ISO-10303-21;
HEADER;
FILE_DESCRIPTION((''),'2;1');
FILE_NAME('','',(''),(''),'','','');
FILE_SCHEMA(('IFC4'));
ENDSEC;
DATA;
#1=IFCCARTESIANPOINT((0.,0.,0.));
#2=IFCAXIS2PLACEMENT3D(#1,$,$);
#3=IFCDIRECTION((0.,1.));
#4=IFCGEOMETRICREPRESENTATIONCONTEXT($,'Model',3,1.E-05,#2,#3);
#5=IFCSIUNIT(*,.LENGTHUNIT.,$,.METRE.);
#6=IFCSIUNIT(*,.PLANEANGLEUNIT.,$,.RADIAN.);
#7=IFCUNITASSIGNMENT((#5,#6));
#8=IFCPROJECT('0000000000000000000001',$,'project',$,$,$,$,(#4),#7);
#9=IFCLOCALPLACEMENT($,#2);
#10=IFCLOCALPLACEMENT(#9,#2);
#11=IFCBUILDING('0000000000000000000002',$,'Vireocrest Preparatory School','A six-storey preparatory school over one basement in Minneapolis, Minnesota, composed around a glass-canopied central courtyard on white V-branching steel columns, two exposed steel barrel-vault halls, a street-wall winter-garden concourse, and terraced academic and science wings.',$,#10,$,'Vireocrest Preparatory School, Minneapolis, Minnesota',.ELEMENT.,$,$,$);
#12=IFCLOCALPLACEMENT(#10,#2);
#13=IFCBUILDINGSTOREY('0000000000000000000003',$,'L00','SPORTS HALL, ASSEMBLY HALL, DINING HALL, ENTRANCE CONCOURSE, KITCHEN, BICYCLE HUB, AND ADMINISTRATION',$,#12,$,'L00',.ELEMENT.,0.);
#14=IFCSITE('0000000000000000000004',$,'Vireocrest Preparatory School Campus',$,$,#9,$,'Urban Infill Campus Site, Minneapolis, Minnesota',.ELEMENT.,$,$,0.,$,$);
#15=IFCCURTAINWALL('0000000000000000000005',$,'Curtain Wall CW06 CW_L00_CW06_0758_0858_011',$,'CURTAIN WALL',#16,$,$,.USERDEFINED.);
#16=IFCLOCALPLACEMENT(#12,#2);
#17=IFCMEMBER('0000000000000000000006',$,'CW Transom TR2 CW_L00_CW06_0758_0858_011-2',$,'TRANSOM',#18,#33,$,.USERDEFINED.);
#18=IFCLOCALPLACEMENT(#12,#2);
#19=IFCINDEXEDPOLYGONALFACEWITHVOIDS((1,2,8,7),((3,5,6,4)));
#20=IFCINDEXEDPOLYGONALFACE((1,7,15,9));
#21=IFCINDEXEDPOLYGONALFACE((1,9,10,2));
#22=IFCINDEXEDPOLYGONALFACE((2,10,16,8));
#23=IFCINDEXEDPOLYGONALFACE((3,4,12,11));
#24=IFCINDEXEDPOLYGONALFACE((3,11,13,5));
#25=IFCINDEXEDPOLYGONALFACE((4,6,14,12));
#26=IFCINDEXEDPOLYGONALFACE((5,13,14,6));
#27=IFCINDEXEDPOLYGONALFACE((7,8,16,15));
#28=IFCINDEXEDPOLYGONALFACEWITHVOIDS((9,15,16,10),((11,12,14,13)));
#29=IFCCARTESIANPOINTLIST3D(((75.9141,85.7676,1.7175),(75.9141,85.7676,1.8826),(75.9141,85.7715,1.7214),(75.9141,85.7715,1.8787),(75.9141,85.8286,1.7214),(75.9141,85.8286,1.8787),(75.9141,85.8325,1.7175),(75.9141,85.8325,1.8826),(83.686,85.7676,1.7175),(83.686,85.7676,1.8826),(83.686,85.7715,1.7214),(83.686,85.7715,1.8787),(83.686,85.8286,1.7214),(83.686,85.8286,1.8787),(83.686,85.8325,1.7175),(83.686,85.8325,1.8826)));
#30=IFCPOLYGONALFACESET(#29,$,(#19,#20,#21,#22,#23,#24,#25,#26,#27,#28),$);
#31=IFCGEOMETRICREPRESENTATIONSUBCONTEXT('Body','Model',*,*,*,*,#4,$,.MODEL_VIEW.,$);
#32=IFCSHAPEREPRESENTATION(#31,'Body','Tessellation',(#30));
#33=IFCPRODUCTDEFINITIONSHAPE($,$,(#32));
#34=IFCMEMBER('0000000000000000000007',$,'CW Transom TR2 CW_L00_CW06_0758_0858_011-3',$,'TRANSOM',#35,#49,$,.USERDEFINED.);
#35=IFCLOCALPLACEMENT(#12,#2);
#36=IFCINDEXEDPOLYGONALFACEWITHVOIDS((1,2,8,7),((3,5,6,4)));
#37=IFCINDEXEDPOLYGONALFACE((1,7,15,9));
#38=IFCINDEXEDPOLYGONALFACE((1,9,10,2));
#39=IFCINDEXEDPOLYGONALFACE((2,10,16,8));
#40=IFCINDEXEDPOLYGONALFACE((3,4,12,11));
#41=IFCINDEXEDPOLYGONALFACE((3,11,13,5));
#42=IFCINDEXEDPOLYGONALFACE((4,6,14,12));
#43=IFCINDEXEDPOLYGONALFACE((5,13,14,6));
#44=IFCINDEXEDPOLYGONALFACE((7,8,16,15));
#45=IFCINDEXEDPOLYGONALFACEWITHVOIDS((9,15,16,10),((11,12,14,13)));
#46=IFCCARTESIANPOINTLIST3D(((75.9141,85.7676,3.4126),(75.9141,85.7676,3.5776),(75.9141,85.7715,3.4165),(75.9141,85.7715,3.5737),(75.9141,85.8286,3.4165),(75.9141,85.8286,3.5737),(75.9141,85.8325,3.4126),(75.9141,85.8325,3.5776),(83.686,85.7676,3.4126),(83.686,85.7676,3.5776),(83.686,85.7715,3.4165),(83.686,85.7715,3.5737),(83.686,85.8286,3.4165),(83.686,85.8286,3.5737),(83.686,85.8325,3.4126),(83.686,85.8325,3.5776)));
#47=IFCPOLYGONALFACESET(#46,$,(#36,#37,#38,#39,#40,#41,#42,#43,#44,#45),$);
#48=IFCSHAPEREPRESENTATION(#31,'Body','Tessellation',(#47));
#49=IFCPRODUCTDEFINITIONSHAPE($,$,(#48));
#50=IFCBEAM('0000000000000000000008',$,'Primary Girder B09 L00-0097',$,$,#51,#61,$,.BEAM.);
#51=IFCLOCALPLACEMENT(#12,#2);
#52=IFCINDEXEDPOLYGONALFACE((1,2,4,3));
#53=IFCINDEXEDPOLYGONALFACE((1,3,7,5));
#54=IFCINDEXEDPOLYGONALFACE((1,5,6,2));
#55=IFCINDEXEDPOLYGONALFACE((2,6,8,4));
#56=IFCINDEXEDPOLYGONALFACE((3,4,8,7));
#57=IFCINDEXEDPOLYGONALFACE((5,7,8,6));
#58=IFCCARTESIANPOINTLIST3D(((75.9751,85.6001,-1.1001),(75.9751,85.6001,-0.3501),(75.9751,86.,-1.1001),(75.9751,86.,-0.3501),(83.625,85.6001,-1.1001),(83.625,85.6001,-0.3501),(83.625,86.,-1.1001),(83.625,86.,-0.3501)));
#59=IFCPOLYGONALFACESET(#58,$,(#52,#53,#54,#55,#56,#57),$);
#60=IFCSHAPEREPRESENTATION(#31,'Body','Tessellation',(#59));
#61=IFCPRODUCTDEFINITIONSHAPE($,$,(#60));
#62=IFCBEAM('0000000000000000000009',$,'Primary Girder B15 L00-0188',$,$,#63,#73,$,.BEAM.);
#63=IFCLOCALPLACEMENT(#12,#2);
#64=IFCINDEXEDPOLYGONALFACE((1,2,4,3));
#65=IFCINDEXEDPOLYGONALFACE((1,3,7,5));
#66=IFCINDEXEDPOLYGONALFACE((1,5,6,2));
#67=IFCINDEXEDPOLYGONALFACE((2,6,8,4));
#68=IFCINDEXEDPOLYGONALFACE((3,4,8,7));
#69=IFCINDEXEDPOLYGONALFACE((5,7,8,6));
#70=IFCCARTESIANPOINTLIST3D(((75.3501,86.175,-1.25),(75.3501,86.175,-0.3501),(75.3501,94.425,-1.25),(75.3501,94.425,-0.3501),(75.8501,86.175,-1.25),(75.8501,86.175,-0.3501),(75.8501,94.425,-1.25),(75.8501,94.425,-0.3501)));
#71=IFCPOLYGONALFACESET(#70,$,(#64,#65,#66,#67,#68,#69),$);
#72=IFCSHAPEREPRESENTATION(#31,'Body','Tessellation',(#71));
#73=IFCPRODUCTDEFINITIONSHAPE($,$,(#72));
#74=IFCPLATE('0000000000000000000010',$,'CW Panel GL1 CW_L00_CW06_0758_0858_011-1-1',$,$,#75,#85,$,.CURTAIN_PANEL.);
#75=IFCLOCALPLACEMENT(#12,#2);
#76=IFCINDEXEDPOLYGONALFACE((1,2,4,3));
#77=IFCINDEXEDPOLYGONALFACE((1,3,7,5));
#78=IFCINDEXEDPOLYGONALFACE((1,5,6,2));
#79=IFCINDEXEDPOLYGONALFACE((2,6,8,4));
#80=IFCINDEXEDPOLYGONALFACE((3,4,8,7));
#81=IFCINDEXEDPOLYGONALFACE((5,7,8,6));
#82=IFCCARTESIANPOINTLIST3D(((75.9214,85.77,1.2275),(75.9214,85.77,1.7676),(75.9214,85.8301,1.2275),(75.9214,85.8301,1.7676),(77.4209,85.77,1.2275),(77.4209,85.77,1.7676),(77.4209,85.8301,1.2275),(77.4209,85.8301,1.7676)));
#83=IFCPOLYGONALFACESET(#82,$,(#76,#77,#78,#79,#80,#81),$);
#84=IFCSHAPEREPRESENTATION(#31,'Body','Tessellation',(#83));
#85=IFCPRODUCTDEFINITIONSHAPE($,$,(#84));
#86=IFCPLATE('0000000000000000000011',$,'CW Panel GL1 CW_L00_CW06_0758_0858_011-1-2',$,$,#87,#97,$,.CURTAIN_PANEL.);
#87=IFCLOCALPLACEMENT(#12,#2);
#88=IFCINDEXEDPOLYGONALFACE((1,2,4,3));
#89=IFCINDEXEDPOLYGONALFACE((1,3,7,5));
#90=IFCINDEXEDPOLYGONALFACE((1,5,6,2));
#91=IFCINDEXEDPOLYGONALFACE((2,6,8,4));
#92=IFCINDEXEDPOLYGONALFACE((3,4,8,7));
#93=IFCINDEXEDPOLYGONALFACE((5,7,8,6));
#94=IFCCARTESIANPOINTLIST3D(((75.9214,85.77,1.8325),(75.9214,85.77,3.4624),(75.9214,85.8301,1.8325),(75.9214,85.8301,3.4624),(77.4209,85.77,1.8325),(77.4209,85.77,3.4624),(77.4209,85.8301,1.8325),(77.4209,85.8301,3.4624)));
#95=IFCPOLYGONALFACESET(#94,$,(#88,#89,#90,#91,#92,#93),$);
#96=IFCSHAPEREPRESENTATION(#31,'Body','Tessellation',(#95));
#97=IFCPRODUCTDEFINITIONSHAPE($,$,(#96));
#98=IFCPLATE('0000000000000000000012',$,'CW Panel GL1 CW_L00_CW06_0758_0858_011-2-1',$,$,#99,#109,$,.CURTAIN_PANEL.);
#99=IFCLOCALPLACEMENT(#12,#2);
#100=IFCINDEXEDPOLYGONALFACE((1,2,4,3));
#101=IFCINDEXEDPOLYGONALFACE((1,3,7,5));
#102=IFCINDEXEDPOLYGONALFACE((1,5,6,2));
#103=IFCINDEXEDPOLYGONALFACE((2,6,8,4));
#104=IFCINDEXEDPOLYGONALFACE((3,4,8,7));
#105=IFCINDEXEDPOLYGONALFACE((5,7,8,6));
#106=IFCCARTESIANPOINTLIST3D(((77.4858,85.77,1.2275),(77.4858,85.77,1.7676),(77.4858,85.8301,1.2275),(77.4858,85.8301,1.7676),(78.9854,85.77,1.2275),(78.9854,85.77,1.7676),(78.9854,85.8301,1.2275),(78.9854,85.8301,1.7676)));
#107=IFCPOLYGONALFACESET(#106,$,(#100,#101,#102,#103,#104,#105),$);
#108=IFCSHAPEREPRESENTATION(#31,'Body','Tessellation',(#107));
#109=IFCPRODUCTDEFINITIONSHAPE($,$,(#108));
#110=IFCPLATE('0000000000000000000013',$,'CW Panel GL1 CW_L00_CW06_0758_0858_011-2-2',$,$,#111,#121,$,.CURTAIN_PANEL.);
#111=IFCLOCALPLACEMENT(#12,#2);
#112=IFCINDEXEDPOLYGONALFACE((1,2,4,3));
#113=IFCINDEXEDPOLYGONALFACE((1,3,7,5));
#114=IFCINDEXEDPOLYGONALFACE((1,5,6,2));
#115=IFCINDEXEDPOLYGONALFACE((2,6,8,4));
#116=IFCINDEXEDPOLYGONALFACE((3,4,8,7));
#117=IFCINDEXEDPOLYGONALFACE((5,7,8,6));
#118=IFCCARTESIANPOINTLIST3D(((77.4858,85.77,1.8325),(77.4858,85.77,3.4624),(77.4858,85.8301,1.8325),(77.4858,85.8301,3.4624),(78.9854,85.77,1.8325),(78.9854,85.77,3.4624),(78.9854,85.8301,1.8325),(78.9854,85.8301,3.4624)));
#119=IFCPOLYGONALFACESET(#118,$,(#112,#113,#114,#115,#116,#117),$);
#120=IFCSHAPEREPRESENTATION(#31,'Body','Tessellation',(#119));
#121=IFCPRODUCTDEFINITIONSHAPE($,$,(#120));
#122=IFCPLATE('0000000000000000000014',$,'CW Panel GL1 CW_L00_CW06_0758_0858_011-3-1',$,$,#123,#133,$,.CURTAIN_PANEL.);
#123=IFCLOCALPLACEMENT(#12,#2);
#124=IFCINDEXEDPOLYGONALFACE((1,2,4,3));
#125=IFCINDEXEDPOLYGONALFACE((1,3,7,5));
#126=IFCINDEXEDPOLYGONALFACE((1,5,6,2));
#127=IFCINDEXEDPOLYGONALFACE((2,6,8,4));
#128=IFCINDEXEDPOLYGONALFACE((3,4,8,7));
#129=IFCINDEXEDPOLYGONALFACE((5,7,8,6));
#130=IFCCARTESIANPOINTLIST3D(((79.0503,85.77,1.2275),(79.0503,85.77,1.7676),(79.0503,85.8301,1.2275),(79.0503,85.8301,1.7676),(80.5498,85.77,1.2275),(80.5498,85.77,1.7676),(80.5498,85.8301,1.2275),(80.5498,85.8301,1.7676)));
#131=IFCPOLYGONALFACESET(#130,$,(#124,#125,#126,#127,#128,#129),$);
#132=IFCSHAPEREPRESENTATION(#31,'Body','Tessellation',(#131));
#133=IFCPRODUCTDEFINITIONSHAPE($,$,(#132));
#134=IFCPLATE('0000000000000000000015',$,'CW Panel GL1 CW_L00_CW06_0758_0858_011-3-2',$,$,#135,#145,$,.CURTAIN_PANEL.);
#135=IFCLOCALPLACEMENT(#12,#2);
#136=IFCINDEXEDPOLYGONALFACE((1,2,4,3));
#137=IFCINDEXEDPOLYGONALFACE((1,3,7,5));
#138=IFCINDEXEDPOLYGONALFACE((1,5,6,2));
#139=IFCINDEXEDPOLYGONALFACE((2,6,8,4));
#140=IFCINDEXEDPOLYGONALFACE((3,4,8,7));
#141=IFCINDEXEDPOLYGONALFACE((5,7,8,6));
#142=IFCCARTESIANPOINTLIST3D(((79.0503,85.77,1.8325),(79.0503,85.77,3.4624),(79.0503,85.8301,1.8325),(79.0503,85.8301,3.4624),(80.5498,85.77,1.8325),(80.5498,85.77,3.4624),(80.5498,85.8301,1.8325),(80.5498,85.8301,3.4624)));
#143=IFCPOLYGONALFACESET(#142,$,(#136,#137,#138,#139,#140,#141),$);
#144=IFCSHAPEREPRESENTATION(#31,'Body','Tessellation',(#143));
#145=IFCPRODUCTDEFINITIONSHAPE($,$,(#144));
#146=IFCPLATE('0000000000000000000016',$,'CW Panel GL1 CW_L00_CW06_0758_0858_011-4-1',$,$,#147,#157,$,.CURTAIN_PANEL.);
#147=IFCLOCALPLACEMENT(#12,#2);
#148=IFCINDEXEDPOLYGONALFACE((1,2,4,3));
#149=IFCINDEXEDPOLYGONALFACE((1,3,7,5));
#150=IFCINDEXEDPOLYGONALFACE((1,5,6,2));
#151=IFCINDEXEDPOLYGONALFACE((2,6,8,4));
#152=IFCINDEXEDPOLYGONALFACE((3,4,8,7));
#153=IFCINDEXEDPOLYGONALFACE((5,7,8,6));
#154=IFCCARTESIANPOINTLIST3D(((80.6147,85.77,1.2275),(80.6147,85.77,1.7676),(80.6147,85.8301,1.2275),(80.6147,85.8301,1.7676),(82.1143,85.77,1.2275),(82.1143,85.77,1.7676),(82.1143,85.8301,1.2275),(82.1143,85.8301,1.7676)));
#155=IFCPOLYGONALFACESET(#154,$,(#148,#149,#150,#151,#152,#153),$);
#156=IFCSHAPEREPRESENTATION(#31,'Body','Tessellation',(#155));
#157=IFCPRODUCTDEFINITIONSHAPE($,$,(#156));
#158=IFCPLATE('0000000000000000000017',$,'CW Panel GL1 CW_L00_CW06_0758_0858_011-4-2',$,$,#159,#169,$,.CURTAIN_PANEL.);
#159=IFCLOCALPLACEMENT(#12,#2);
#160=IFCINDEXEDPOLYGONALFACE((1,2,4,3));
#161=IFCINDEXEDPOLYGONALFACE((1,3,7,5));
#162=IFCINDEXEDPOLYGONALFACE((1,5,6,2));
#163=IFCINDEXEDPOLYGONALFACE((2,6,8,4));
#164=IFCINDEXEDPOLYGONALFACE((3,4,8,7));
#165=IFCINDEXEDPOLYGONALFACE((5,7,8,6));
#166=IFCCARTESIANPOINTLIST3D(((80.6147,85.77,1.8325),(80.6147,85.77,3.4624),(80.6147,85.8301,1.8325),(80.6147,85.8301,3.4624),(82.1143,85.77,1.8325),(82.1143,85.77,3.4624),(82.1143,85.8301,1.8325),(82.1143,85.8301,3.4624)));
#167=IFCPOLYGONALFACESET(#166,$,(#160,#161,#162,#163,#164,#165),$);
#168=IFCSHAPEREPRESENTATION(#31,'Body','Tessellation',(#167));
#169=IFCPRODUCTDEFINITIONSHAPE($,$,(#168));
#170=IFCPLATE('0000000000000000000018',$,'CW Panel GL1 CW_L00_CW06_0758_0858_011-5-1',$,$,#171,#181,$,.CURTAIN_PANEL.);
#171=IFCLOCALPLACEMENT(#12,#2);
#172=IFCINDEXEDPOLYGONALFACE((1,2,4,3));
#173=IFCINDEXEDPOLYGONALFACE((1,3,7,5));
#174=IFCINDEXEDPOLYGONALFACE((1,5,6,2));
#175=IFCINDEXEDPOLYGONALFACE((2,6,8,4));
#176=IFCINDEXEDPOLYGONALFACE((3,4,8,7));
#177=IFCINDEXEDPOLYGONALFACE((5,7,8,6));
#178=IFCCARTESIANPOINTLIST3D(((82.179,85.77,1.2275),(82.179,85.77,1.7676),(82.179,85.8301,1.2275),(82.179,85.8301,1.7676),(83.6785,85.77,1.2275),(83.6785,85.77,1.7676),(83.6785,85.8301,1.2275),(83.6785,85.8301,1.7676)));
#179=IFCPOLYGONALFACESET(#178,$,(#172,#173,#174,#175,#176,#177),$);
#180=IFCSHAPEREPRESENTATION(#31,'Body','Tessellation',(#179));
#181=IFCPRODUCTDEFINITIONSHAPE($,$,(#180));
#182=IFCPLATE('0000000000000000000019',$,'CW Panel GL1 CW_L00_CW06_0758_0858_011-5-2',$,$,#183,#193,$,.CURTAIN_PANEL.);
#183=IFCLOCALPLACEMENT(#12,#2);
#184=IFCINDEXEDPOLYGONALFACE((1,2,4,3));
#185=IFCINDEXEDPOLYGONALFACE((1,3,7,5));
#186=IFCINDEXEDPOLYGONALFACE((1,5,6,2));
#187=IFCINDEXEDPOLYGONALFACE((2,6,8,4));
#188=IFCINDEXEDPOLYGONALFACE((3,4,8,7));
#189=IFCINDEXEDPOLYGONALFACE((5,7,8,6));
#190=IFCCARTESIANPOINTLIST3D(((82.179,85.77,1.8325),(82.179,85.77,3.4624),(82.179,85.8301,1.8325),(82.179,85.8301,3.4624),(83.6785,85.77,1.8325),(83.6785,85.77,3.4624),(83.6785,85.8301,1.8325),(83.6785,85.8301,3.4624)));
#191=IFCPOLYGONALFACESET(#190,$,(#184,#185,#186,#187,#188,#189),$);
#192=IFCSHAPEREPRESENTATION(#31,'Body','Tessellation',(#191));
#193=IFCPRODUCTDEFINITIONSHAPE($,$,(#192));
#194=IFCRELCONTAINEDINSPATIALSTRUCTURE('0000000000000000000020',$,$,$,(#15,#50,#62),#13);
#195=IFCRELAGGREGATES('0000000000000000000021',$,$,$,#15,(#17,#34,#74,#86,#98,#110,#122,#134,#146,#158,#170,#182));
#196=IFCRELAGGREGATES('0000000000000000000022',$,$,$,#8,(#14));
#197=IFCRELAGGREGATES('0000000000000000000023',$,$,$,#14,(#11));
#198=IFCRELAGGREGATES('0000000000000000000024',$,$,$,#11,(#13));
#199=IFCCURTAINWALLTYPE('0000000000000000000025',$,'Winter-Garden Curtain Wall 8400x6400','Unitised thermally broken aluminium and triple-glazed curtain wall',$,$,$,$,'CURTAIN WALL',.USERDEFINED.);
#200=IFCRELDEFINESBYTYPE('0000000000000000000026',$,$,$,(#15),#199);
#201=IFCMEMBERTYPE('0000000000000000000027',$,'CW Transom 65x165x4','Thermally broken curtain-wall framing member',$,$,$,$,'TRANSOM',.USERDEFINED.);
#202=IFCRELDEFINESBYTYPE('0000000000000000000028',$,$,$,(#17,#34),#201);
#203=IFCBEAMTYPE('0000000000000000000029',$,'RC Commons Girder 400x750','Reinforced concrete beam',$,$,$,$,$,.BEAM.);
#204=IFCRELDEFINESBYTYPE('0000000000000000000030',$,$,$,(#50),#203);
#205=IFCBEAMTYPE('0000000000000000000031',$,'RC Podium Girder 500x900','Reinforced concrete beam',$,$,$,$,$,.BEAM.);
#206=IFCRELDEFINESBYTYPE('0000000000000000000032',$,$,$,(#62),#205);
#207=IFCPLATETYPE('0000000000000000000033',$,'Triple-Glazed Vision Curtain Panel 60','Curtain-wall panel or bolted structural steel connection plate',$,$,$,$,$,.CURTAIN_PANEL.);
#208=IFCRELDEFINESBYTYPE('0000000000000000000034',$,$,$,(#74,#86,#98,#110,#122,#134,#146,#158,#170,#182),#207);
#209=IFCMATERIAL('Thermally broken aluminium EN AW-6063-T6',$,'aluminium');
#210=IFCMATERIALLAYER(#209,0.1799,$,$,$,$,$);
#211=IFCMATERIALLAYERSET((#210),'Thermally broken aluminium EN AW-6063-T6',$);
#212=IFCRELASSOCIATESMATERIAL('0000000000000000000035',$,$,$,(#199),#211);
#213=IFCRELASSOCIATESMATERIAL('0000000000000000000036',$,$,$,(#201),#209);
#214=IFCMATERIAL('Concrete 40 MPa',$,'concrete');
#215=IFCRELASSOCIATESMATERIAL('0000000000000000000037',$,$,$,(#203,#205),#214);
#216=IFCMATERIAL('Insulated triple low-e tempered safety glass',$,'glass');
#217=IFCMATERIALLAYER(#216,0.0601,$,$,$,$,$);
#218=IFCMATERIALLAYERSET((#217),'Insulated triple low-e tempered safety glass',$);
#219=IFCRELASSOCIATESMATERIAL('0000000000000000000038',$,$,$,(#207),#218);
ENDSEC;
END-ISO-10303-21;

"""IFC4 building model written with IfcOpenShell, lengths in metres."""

from ifc_helpers import new_model, si_unit, direction, frame, origin, origin_2d, place, context, subcontext, project, spatial, rectangle, hollow_rectangle, extrude, material, layer, layer_set, material_profile, profile_set, type_object, element, aggregate, save


model = new_model("IFC4")

# Units and contexts
model_context = context("Model", 3, precision=1e-05, world=origin(), true_north=direction((0.0, 1.0)))
body_context = subcontext(model_context, "Body", "Model", "MODEL_VIEW")
ifc_project = project(units=[si_unit("LENGTHUNIT", "METRE"), si_unit("PLANEANGLEUNIT", "RADIAN")], contexts=[model_context])

# Site, building, storey
site_placement = place(None, origin())
site = spatial("IfcSite", under=ifc_project, at=site_placement, Name="Vireocrest Preparatory School Campus", LongName="Urban Infill Campus Site, Minneapolis, Minnesota", CompositionType="ELEMENT", RefElevation=0.0)
building_placement = place(site_placement, origin())
building = spatial("IfcBuilding", under=site, at=building_placement, Name="Vireocrest Preparatory School", Description="A six-storey preparatory school over one basement in Minneapolis, Minnesota, composed around a glass-canopied central courtyard on white V-branching steel columns, two exposed steel barrel-vault halls, a street-wall winter-garden concourse, and terraced academic and science wings.", LongName="Vireocrest Preparatory School, Minneapolis, Minnesota", CompositionType="ELEMENT")
storey_placement = place(building_placement, origin())
storey = spatial("IfcBuildingStorey", under=building, at=storey_placement, Name="L00", Description="SPORTS HALL, ASSEMBLY HALL, DINING HALL, ENTRANCE CONCOURSE, KITCHEN, BICYCLE HUB, AND ADMINISTRATION", LongName="L00", CompositionType="ELEMENT", Elevation=0.0)

# Curtain wall, members
ifc_material_1 = material(Name="Thermally broken aluminium EN AW-6063-T6", Category="aluminium")
ifc_layer_1 = layer(ifc_material_1, 0.1799)
ifc_layer_set_1 = layer_set([ifc_layer_1], Name="Thermally broken aluminium EN AW-6063-T6")
curtain_wall_type = type_object("IfcCurtainWallType", Name="Winter-Garden Curtain Wall 8400x6400", Description="Unitised thermally broken aluminium and triple-glazed curtain wall", ElementType="CURTAIN WALL", PredefinedType="USERDEFINED", material=ifc_layer_set_1)
curtain_wall_placement = place(storey_placement, origin())
curtain_wall = element("IfcCurtainWall", 1, at=curtain_wall_placement, inside=storey, type_object=curtain_wall_type, Name="Curtain Wall CW06 CW_L00_CW06_0758_0858_011", ObjectType="CURTAIN WALL", PredefinedType="USERDEFINED")
ifc_material_profile_1 = material_profile(ifc_material_1, hollow_rectangle(XDim=0.0649, YDim=0.165, WallThickness=0.0039, at=origin_2d()), Name="ALU 65x165x4")
ifc_profile_set_1 = profile_set([ifc_material_profile_1], Name="Thermally broken aluminium EN AW-6063-T6")
member_type_1 = type_object("IfcMemberType", Name="CW Transom 65x165x4", Description="Thermally broken curtain-wall framing member", ElementType="TRANSOM", PredefinedType="USERDEFINED", material=ifc_profile_set_1)
member_1_placement = place(storey_placement, frame((75.9141, 85.8, 1.8), z_axis=(1.0, 0.0, 0.0), x_axis=(0.0, 1.0, 0.0)))
member_1 = element("IfcMember", 2, at=member_1_placement, type_object=member_type_1, Name="CW Transom TR2 CW_L00_CW06_0758_0858_011-2", ObjectType="TRANSOM", PredefinedType="USERDEFINED", context=body_context, shape_type="SweptSolid", body=[
    extrude(hollow_rectangle(XDim=0.0649, YDim=0.165, WallThickness=0.0039, at=origin_2d()), origin(), (0.0, 0.0, 1.0), 7.772),
])
member_2_placement = place(storey_placement, frame((75.9141, 85.8, 3.4951), z_axis=(1.0, 0.0, 0.0), x_axis=(0.0, 1.0, 0.0)))
member_2 = element("IfcMember", 3, at=member_2_placement, type_object=member_type_1, Name="CW Transom TR2 CW_L00_CW06_0758_0858_011-3", ObjectType="TRANSOM", PredefinedType="USERDEFINED", context=body_context, shape_type="SweptSolid", body=[
    extrude(hollow_rectangle(XDim=0.0649, YDim=0.165, WallThickness=0.0039, at=origin_2d()), origin(), (0.0, 0.0, 1.0), 7.772),
])

# Beams
ifc_material_2 = material(Name="Concrete 40 MPa", Category="concrete")
ifc_material_profile_2 = material_profile(ifc_material_2, rectangle(XDim=0.3999, YDim=0.75, at=origin_2d()), Name="RC 400x750")
ifc_profile_set_2 = profile_set([ifc_material_profile_2], Name="Concrete 40 MPa")
beam_type_1 = type_object("IfcBeamType", Name="RC Commons Girder 400x750", Description="Reinforced concrete beam", PredefinedType="BEAM", material=ifc_profile_set_2)
beam_1_placement = place(storey_placement, frame((75.9751, 85.8, -0.7251), z_axis=(1.0, 0.0, 0.0), x_axis=(0.0, 1.0, 0.0)))
element("IfcBeam", 4, at=beam_1_placement, inside=storey, type_object=beam_type_1, Name="Primary Girder B09 L00-0097", PredefinedType="BEAM", context=body_context, shape_type="SweptSolid", body=[
    extrude(rectangle(XDim=0.3999, YDim=0.75, at=origin_2d()), origin(), (0.0, 0.0, 1.0), 7.6499),
])
ifc_material_profile_3 = material_profile(ifc_material_2, rectangle(XDim=0.5, YDim=0.8999, at=origin_2d()), Name="RC 500x900")
ifc_profile_set_3 = profile_set([ifc_material_profile_3], Name="Concrete 40 MPa")
beam_type_2 = type_object("IfcBeamType", Name="RC Podium Girder 500x900", Description="Reinforced concrete beam", PredefinedType="BEAM", material=ifc_profile_set_3)
beam_2_placement = place(storey_placement, frame((75.6001, 86.175, -0.8), z_axis=(0.0, 1.0, 0.0), x_axis=(-1.0, 0.0, 0.0)))
element("IfcBeam", 5, at=beam_2_placement, inside=storey, type_object=beam_type_2, Name="Primary Girder B15 L00-0188", PredefinedType="BEAM", context=body_context, shape_type="SweptSolid", body=[
    extrude(rectangle(XDim=0.5, YDim=0.8999, at=origin_2d()), origin(), (0.0, 0.0, 1.0), 8.25),
])

# Plates
ifc_material_3 = material(Name="Insulated triple low-e tempered safety glass", Category="glass")
ifc_layer_2 = layer(ifc_material_3, 0.0601)
ifc_layer_set_2 = layer_set([ifc_layer_2], Name="Insulated triple low-e tempered safety glass")
plate_type = type_object("IfcPlateType", Name="Triple-Glazed Vision Curtain Panel 60", Description="Curtain-wall panel or bolted structural steel connection plate", PredefinedType="CURTAIN_PANEL", material=ifc_layer_set_2)
plate_1_placement = place(storey_placement, frame((76.6711, 85.8, 1.2275), z_axis=(0.0, 0.0, 1.0), x_axis=(1.0, 0.0, 0.0)))
plate_1 = element("IfcPlate", 6, at=plate_1_placement, type_object=plate_type, Name="CW Panel GL1 CW_L00_CW06_0758_0858_011-1-1", PredefinedType="CURTAIN_PANEL", context=body_context, shape_type="SweptSolid", body=[
    extrude(rectangle(XDim=1.4995, YDim=0.0601, at=origin_2d()), origin(), (0.0, 0.0, 1.0), 0.54),
])
plate_2_placement = place(storey_placement, frame((76.6711, 85.8, 1.8325), z_axis=(0.0, 0.0, 1.0), x_axis=(1.0, 0.0, 0.0)))
plate_2 = element("IfcPlate", 7, at=plate_2_placement, type_object=plate_type, Name="CW Panel GL1 CW_L00_CW06_0758_0858_011-1-2", PredefinedType="CURTAIN_PANEL", context=body_context, shape_type="SweptSolid", body=[
    extrude(rectangle(XDim=1.4995, YDim=0.0601, at=origin_2d()), origin(), (0.0, 0.0, 1.0), 1.6299),
])
plate_3_placement = place(storey_placement, frame((78.2356, 85.8, 1.2275), z_axis=(0.0, 0.0, 1.0), x_axis=(1.0, 0.0, 0.0)))
plate_3 = element("IfcPlate", 8, at=plate_3_placement, type_object=plate_type, Name="CW Panel GL1 CW_L00_CW06_0758_0858_011-2-1", PredefinedType="CURTAIN_PANEL", context=body_context, shape_type="SweptSolid", body=[
    extrude(rectangle(XDim=1.4995, YDim=0.0601, at=origin_2d()), origin(), (0.0, 0.0, 1.0), 0.54),
])
plate_4_placement = place(storey_placement, frame((78.2356, 85.8, 1.8325), z_axis=(0.0, 0.0, 1.0), x_axis=(1.0, 0.0, 0.0)))
plate_4 = element("IfcPlate", 9, at=plate_4_placement, type_object=plate_type, Name="CW Panel GL1 CW_L00_CW06_0758_0858_011-2-2", PredefinedType="CURTAIN_PANEL", context=body_context, shape_type="SweptSolid", body=[
    extrude(rectangle(XDim=1.4995, YDim=0.0601, at=origin_2d()), origin(), (0.0, 0.0, 1.0), 1.6299),
])
plate_5_placement = place(storey_placement, frame((79.8, 85.8, 1.2275), z_axis=(0.0, 0.0, 1.0), x_axis=(1.0, 0.0, 0.0)))
plate_5 = element("IfcPlate", 10, at=plate_5_placement, type_object=plate_type, Name="CW Panel GL1 CW_L00_CW06_0758_0858_011-3-1", PredefinedType="CURTAIN_PANEL", context=body_context, shape_type="SweptSolid", body=[
    extrude(rectangle(XDim=1.4995, YDim=0.0601, at=origin_2d()), origin(), (0.0, 0.0, 1.0), 0.54),
])
plate_6_placement = place(storey_placement, frame((79.8, 85.8, 1.8325), z_axis=(0.0, 0.0, 1.0), x_axis=(1.0, 0.0, 0.0)))
plate_6 = element("IfcPlate", 11, at=plate_6_placement, type_object=plate_type, Name="CW Panel GL1 CW_L00_CW06_0758_0858_011-3-2", PredefinedType="CURTAIN_PANEL", context=body_context, shape_type="SweptSolid", body=[
    extrude(rectangle(XDim=1.4995, YDim=0.0601, at=origin_2d()), origin(), (0.0, 0.0, 1.0), 1.6299),
])
plate_7_placement = place(storey_placement, frame((81.3645, 85.8, 1.2275), z_axis=(0.0, 0.0, 1.0), x_axis=(1.0, 0.0, 0.0)))
plate_7 = element("IfcPlate", 12, at=plate_7_placement, type_object=plate_type, Name="CW Panel GL1 CW_L00_CW06_0758_0858_011-4-1", PredefinedType="CURTAIN_PANEL", context=body_context, shape_type="SweptSolid", body=[
    extrude(rectangle(XDim=1.4995, YDim=0.0601, at=origin_2d()), origin(), (0.0, 0.0, 1.0), 0.54),
])
plate_8_placement = place(storey_placement, frame((81.3645, 85.8, 1.8325), z_axis=(0.0, 0.0, 1.0), x_axis=(1.0, 0.0, 0.0)))
plate_8 = element("IfcPlate", 13, at=plate_8_placement, type_object=plate_type, Name="CW Panel GL1 CW_L00_CW06_0758_0858_011-4-2", PredefinedType="CURTAIN_PANEL", context=body_context, shape_type="SweptSolid", body=[
    extrude(rectangle(XDim=1.4995, YDim=0.0601, at=origin_2d()), origin(), (0.0, 0.0, 1.0), 1.6299),
])
plate_9_placement = place(storey_placement, frame((82.9287, 85.8, 1.2275), z_axis=(0.0, 0.0, 1.0), x_axis=(1.0, 0.0, 0.0)))
plate_9 = element("IfcPlate", 14, at=plate_9_placement, type_object=plate_type, Name="CW Panel GL1 CW_L00_CW06_0758_0858_011-5-1", PredefinedType="CURTAIN_PANEL", context=body_context, shape_type="SweptSolid", body=[
    extrude(rectangle(XDim=1.4995, YDim=0.0601, at=origin_2d()), origin(), (0.0, 0.0, 1.0), 0.54),
])
plate_10_placement = place(storey_placement, frame((82.9287, 85.8, 1.8325), z_axis=(0.0, 0.0, 1.0), x_axis=(1.0, 0.0, 0.0)))
plate_10 = element("IfcPlate", 15, at=plate_10_placement, type_object=plate_type, Name="CW Panel GL1 CW_L00_CW06_0758_0858_011-5-2", PredefinedType="CURTAIN_PANEL", context=body_context, shape_type="SweptSolid", body=[
    extrude(rectangle(XDim=1.4995, YDim=0.0601, at=origin_2d()), origin(), (0.0, 0.0, 1.0), 1.6299),
])
aggregate(curtain_wall, [member_1, member_2, plate_1, plate_2, plate_3, plate_4, plate_5, plate_6, plate_7, plate_8, plate_9, plate_10])

save(model, "model.ifc")
